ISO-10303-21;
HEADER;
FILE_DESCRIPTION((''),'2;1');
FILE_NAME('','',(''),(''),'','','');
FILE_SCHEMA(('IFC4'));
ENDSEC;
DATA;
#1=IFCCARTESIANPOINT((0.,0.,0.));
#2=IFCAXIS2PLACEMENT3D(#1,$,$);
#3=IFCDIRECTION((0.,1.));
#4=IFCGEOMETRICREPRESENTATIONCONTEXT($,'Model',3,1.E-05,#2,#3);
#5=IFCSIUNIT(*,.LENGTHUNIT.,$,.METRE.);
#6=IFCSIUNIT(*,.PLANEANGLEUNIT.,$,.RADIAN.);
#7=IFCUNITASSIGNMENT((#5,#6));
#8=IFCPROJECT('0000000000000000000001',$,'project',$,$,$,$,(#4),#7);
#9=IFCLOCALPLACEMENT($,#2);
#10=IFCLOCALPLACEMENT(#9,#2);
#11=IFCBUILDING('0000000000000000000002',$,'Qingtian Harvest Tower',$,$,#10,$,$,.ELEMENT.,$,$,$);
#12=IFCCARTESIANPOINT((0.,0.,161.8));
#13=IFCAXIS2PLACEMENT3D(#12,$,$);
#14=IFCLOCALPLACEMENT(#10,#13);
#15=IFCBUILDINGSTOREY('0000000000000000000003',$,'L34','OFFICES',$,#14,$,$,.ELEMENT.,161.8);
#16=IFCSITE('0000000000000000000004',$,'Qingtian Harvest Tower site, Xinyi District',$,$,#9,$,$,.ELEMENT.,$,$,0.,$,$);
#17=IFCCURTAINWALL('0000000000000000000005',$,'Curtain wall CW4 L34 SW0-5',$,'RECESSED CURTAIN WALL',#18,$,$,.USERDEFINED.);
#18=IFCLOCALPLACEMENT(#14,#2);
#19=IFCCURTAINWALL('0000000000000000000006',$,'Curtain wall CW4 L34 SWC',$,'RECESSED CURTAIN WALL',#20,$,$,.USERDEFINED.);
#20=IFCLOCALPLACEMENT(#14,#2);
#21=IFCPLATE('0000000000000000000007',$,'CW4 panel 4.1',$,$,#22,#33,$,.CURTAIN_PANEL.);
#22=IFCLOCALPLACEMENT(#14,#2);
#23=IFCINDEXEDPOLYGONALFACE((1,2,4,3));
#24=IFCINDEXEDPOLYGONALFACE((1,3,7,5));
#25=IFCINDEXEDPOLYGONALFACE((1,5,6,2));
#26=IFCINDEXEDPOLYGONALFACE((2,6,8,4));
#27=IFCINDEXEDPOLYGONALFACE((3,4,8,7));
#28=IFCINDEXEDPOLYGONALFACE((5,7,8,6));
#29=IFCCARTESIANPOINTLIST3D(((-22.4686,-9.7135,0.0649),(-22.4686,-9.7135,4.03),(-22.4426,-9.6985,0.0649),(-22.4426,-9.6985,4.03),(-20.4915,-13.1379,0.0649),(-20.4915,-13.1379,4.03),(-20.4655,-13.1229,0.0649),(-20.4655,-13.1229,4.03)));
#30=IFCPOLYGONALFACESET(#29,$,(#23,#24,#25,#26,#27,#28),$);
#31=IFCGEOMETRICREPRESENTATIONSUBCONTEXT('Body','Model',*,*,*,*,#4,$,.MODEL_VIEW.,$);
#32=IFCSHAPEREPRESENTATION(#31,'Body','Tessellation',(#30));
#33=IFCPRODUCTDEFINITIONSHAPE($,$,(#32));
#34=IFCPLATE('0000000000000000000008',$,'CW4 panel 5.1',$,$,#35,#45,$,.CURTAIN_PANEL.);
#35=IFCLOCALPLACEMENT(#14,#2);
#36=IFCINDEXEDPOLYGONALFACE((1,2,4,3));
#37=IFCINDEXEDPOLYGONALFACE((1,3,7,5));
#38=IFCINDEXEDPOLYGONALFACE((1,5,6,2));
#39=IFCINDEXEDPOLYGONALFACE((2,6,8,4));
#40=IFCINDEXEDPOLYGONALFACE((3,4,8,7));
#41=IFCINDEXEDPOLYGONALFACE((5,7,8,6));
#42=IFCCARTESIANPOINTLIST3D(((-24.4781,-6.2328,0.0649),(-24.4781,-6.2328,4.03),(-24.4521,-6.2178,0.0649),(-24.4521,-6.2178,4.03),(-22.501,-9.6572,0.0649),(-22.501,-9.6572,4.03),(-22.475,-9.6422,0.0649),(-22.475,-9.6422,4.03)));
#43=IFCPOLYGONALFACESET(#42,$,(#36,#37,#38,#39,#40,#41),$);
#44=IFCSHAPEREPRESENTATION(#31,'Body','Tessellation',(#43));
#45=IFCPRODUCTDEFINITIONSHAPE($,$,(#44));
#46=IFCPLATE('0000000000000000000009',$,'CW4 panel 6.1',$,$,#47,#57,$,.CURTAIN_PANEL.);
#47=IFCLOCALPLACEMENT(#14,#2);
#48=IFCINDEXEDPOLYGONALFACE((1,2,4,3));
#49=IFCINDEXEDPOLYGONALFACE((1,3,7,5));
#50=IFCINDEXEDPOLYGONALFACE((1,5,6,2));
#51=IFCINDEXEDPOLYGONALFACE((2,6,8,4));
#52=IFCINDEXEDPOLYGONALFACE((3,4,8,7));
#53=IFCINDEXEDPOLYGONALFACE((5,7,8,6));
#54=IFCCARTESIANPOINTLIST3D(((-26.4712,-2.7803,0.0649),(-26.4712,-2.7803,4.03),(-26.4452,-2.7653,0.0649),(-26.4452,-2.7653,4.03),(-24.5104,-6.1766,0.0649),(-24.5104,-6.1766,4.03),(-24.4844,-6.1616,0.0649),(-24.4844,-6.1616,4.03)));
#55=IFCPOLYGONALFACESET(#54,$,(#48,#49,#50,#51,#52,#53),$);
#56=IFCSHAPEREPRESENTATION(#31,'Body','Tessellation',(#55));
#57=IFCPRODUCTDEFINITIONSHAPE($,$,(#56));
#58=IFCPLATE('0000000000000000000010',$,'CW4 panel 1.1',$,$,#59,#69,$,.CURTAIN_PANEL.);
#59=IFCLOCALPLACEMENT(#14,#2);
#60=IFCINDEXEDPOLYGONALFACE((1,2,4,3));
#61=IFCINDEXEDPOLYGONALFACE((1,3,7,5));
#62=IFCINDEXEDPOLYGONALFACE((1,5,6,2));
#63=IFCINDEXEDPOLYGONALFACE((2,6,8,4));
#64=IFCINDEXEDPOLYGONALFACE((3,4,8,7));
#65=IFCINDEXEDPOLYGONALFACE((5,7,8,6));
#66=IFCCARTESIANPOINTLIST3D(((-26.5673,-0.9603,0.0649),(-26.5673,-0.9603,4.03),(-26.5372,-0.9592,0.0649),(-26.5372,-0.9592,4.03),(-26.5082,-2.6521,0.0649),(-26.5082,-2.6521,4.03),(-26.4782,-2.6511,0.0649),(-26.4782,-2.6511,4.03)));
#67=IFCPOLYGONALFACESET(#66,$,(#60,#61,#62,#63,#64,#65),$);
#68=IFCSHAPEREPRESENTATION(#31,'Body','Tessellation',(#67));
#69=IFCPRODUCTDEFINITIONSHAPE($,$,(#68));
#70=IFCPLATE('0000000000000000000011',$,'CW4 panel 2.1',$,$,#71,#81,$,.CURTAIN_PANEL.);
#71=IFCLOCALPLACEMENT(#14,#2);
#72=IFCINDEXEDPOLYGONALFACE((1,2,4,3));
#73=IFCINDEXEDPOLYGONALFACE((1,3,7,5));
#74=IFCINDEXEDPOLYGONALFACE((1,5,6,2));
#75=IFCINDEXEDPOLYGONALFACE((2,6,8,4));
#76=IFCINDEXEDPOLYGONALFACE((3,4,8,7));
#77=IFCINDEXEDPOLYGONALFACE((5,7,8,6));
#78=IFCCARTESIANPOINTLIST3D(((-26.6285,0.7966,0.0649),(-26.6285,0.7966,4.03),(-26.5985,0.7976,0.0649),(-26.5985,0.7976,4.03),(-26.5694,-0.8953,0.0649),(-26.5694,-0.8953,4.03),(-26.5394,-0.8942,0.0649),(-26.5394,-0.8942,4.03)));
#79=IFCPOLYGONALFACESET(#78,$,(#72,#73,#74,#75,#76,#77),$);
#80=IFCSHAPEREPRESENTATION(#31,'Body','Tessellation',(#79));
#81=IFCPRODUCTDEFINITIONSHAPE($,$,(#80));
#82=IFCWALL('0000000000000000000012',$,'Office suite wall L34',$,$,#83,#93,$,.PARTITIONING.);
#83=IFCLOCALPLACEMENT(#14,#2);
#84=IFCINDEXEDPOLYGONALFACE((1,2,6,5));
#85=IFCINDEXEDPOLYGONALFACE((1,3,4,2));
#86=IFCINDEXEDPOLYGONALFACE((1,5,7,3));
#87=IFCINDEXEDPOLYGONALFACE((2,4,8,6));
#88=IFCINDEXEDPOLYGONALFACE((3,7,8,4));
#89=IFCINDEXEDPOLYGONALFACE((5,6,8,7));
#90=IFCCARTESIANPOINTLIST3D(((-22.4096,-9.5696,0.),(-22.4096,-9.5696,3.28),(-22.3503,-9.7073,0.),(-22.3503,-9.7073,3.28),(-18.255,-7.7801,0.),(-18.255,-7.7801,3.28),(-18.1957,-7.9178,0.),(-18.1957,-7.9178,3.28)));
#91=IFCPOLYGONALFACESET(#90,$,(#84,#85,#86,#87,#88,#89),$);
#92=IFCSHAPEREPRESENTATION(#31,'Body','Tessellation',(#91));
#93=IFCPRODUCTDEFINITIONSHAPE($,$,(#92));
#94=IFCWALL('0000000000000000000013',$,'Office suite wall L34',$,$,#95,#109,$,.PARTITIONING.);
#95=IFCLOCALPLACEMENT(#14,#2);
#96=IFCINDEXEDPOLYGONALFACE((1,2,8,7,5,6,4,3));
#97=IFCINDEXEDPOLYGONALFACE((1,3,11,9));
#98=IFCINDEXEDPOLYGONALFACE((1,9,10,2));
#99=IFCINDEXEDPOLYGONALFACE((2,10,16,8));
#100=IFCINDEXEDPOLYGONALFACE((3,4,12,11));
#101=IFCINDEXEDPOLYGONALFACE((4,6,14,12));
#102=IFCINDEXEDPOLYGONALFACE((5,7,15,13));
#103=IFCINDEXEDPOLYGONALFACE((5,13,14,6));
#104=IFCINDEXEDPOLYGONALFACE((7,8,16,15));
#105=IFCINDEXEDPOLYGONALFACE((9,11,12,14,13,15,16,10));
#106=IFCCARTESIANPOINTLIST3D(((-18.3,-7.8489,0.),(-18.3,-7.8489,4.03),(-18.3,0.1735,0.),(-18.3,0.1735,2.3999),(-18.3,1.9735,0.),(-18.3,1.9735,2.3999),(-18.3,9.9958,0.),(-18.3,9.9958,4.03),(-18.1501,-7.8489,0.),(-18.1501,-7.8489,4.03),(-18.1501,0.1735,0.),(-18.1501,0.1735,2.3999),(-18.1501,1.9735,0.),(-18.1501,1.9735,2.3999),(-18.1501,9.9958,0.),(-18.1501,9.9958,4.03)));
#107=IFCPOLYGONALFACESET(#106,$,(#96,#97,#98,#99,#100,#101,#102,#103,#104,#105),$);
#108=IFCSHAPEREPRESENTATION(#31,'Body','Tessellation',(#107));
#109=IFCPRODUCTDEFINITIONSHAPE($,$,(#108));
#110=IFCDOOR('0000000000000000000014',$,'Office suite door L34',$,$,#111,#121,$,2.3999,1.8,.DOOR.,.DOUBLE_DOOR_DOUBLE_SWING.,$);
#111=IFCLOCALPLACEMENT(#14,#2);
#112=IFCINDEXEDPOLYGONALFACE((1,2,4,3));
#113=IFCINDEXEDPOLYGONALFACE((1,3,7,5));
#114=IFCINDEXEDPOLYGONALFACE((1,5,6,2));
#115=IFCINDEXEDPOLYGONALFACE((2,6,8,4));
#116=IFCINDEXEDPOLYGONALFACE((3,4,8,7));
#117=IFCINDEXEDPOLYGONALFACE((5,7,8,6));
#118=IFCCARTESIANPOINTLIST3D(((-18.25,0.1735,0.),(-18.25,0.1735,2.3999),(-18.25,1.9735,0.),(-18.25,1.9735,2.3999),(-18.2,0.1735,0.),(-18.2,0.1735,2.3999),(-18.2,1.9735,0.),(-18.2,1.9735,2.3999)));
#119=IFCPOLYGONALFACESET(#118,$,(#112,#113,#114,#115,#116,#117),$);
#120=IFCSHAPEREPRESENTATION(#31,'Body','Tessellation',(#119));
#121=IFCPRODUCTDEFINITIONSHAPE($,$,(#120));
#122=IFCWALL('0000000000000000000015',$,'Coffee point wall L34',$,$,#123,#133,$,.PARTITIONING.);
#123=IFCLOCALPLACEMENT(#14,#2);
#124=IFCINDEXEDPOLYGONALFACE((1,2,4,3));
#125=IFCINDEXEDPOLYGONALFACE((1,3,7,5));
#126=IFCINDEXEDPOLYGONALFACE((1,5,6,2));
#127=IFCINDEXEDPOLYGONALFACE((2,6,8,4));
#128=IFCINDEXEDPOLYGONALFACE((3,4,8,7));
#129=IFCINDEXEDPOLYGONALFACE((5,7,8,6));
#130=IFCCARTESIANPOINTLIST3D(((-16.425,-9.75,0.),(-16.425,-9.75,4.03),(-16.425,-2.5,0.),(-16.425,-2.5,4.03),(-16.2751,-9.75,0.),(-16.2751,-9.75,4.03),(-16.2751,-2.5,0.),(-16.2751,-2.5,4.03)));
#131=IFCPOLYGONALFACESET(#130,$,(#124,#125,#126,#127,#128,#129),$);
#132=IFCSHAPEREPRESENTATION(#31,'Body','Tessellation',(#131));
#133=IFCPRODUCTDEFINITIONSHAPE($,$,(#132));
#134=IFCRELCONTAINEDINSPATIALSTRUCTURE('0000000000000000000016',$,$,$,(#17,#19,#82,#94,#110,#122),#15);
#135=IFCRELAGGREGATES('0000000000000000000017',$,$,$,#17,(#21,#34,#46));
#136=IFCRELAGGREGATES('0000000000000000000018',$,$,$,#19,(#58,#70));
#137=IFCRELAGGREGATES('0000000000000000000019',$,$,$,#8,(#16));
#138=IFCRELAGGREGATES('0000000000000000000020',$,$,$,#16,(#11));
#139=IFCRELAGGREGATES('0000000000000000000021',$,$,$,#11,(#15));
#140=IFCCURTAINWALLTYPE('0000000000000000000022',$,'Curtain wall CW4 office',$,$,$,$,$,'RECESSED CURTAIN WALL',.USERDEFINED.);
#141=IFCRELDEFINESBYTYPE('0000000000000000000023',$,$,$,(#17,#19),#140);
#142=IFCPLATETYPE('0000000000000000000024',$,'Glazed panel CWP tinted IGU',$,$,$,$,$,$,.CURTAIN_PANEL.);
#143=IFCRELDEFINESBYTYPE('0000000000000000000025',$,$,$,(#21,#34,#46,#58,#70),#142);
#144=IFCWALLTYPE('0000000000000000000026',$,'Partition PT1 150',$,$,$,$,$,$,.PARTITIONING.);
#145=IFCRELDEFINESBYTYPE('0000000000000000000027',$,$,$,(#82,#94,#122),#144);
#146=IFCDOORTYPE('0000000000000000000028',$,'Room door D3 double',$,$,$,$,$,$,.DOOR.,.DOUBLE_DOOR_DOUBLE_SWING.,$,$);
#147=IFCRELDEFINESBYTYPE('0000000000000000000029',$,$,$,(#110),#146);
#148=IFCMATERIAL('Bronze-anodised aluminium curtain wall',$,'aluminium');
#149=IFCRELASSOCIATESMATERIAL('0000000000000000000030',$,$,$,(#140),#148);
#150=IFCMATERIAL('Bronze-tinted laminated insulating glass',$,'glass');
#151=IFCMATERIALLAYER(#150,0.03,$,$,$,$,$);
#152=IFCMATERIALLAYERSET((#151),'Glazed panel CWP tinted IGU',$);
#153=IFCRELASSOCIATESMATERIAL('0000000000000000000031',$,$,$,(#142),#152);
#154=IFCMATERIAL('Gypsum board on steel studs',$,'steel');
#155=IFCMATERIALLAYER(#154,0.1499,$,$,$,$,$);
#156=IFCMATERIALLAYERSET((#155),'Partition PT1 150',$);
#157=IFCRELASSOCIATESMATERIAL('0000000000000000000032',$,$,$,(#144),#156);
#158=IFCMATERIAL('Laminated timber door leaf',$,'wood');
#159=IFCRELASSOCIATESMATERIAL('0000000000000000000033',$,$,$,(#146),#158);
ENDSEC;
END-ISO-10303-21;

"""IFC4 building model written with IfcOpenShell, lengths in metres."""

from ifc_helpers import new_model, si_unit, direction, frame, frame_2d, origin, origin_2d, place, context, subcontext, project, spatial, rectangle, extrude, material, layer, layer_set, type_object, element, fill, aggregate, save


model = new_model("IFC4")

# Units and contexts
model_context = context("Model", 3, precision=1e-05, world=origin(), true_north=direction((0.0, 1.0)))
body_context = subcontext(model_context, "Body", "Model", "MODEL_VIEW")
ifc_project = project(units=[si_unit("LENGTHUNIT", "METRE"), si_unit("PLANEANGLEUNIT", "RADIAN")], contexts=[model_context])

# Site, building, storey
site_placement = place(None, origin())
site = spatial("IfcSite", under=ifc_project, at=site_placement, Name="Qingtian Harvest Tower site, Xinyi District", CompositionType="ELEMENT", RefElevation=0.0)
building_placement = place(site_placement, origin())
building = spatial("IfcBuilding", under=site, at=building_placement, Name="Qingtian Harvest Tower", CompositionType="ELEMENT")
storey_placement = place(building_placement, frame((0.0, 0.0, 161.8)))
storey = spatial("IfcBuildingStorey", under=building, at=storey_placement, Name="L34", Description="OFFICES", CompositionType="ELEMENT", Elevation=161.8)

# Curtain walls
ifc_material_1 = material(Name="Bronze-anodised aluminium curtain wall", Category="aluminium")
curtain_wall_type = type_object("IfcCurtainWallType", Name="Curtain wall CW4 office", ElementType="RECESSED CURTAIN WALL", PredefinedType="USERDEFINED", material=ifc_material_1)
curtain_wall_1_placement = place(storey_placement, origin())
curtain_wall_1 = element("IfcCurtainWall", 1, at=curtain_wall_1_placement, inside=storey, type_object=curtain_wall_type, Name="Curtain wall CW4 L34 SW0-5", ObjectType="RECESSED CURTAIN WALL", PredefinedType="USERDEFINED")
curtain_wall_2_placement = place(storey_placement, origin())
curtain_wall_2 = element("IfcCurtainWall", 2, at=curtain_wall_2_placement, inside=storey, type_object=curtain_wall_type, Name="Curtain wall CW4 L34 SWC", ObjectType="RECESSED CURTAIN WALL", PredefinedType="USERDEFINED")

# Plates
ifc_material_2 = material(Name="Bronze-tinted laminated insulating glass", Category="glass")
ifc_layer_1 = layer(ifc_material_2, 0.03)
ifc_layer_set_1 = layer_set([ifc_layer_1], Name="Glazed panel CWP tinted IGU")
plate_type = type_object("IfcPlateType", Name="Glazed panel CWP tinted IGU", PredefinedType="CURTAIN_PANEL", material=ifc_layer_set_1)
plate_1_placement = place(storey_placement, frame((-21.467, -11.4182, 0.0649), z_axis=(0.0, 0.0, 1.0), x_axis=(-0.5, 0.866025, 0.0)))
plate_1 = element("IfcPlate", 3, at=plate_1_placement, type_object=plate_type, Name="CW4 panel 4.1", PredefinedType="CURTAIN_PANEL", context=body_context, shape_type="SweptSolid", body=[
    extrude(rectangle(XDim=3.9541, YDim=0.03, at=origin_2d()), origin(), (0.0, 0.0, 1.0), 3.9651),
])
plate_2_placement = place(storey_placement, frame((-23.4766, -7.9375, 0.0649), z_axis=(0.0, 0.0, 1.0), x_axis=(-0.5, 0.866025, 0.0)))
plate_2 = element("IfcPlate", 4, at=plate_2_placement, type_object=plate_type, Name="CW4 panel 5.1", PredefinedType="CURTAIN_PANEL", context=body_context, shape_type="SweptSolid", body=[
    extrude(rectangle(XDim=3.9541, YDim=0.03, at=origin_2d()), origin(), (0.0, 0.0, 1.0), 3.9651),
])
plate_3_placement = place(storey_placement, frame((-25.4778, -4.4709, 0.0649), z_axis=(0.0, 0.0, 1.0), x_axis=(-0.5, 0.866025, 0.0)))
plate_3 = element("IfcPlate", 5, at=plate_3_placement, type_object=plate_type, Name="CW4 panel 6.1", PredefinedType="CURTAIN_PANEL", context=body_context, shape_type="SweptSolid", body=[
    extrude(rectangle(XDim=3.9216, YDim=0.03, at=origin_2d()), origin(), (0.0, 0.0, 1.0), 3.9651),
])
aggregate(curtain_wall_1, [plate_1, plate_2, plate_3])
plate_4_placement = place(storey_placement, frame((-26.5227, -1.8057, 0.0649), z_axis=(0.0, 0.0, 1.0), x_axis=(-0.034899, 0.999391, 0.0)))
plate_4 = element("IfcPlate", 6, at=plate_4_placement, type_object=plate_type, Name="CW4 panel 1.1", PredefinedType="CURTAIN_PANEL", context=body_context, shape_type="SweptSolid", body=[
    extrude(rectangle(XDim=1.6929, YDim=0.03, at=origin_2d()), origin(), (0.0, 0.0, 1.0), 3.9651),
])
plate_5_placement = place(storey_placement, frame((-26.584, -0.0488, 0.0649), z_axis=(0.0, 0.0, 1.0), x_axis=(-0.034899, 0.999391, 0.0)))
plate_5 = element("IfcPlate", 7, at=plate_5_placement, type_object=plate_type, Name="CW4 panel 2.1", PredefinedType="CURTAIN_PANEL", context=body_context, shape_type="SweptSolid", body=[
    extrude(rectangle(XDim=1.6929, YDim=0.03, at=origin_2d()), origin(), (0.0, 0.0, 1.0), 3.9651),
])
aggregate(curtain_wall_2, [plate_4, plate_5])

# Shared definitions
ifc_material_3 = material(Name="Gypsum board on steel studs", Category="steel")
ifc_layer_2 = layer(ifc_material_3, 0.1499)
ifc_layer_set_2 = layer_set([ifc_layer_2], Name="Partition PT1 150")
wall_type = type_object("IfcWallType", Name="Partition PT1 150", PredefinedType="PARTITIONING", material=ifc_layer_set_2)

# Wall
wall_1_placement = place(storey_placement, frame((-22.3799, -9.6384, 0.0), z_axis=(0.0, 0.0, 1.0), x_axis=(0.918429, 0.395586, 0.0)))
element("IfcWall", 8, at=wall_1_placement, inside=storey, type_object=wall_type, Name="Office suite wall L34", PredefinedType="PARTITIONING", context=body_context, shape_type="SweptSolid", body=[
    extrude(rectangle(XDim=4.5237, YDim=0.1499, at=frame_2d((2.2617, 0.0))), origin(), (0.0, 0.0, 1.0), 3.28),
])

# Wall, opening, door
wall_2_placement = place(storey_placement, frame((-18.2251, -7.8489, 0.0), z_axis=(0.0, 0.0, 1.0), x_axis=(0.0, 1.0, 0.0)))
wall_2 = element("IfcWall", 9, at=wall_2_placement, inside=storey, type_object=wall_type, Name="Office suite wall L34", PredefinedType="PARTITIONING", context=body_context, shape_type="SweptSolid", body=[
    extrude(rectangle(XDim=17.8447, YDim=0.1499, at=frame_2d((8.9224, 0.0))), origin(), (0.0, 0.0, 1.0), 4.03),
])
opening_1_placement = place(wall_2_placement, frame((8.0225, 0.0, 0.0)))
opening_1 = element("IfcOpeningElement", 10, at=opening_1_placement, cuts=wall_2, PredefinedType="OPENING", context=body_context, shape_type="SweptSolid", body=[
    extrude(rectangle(XDim=1.8, YDim=2.3999, at=frame_2d((0.8999, 1.2))), frame((0.0, 0.085, 0.0), z_axis=(0.0, -1.0, 0.0), x_axis=(1.0, 0.0, 0.0)), (0.0, 0.0, 1.0), 0.1699),
])
ifc_material_4 = material(Name="Laminated timber door leaf", Category="wood")
door_type_1 = type_object("IfcDoorType", Name="Room door D3 double", OperationType="DOUBLE_DOOR_DOUBLE_SWING", PredefinedType="DOOR", material=ifc_material_4)
door_1_placement = place(opening_1_placement, origin())
door_1 = element("IfcDoor", 11, at=door_1_placement, inside=storey, type_object=door_type_1, Name="Office suite door L34", OperationType="DOUBLE_DOOR_DOUBLE_SWING", OverallHeight=2.3999, OverallWidth=1.8, PredefinedType="DOOR", context=body_context, shape_type="SweptSolid", body=[
    extrude(rectangle(XDim=1.8, YDim=2.3999, at=frame_2d((0.8999, 1.2))), frame((0.0, 0.0249, 0.0), z_axis=(0.0, -1.0, 0.0), x_axis=(1.0, 0.0, 0.0)), (0.0, 0.0, 1.0), 0.05),
])
fill(opening_1, door_1)

# Wall
wall_3_placement = place(storey_placement, frame((-16.3501, -9.75, 0.0), z_axis=(0.0, 0.0, 1.0), x_axis=(0.0, 1.0, 0.0)))
element("IfcWall", 12, at=wall_3_placement, inside=storey, type_object=wall_type, Name="Coffee point wall L34", PredefinedType="PARTITIONING", context=body_context, shape_type="SweptSolid", body=[
    extrude(rectangle(XDim=7.25, YDim=0.1499, at=frame_2d((3.625, 0.0))), origin(), (0.0, 0.0, 1.0), 4.03),
])

save(model, "model.ifc")
